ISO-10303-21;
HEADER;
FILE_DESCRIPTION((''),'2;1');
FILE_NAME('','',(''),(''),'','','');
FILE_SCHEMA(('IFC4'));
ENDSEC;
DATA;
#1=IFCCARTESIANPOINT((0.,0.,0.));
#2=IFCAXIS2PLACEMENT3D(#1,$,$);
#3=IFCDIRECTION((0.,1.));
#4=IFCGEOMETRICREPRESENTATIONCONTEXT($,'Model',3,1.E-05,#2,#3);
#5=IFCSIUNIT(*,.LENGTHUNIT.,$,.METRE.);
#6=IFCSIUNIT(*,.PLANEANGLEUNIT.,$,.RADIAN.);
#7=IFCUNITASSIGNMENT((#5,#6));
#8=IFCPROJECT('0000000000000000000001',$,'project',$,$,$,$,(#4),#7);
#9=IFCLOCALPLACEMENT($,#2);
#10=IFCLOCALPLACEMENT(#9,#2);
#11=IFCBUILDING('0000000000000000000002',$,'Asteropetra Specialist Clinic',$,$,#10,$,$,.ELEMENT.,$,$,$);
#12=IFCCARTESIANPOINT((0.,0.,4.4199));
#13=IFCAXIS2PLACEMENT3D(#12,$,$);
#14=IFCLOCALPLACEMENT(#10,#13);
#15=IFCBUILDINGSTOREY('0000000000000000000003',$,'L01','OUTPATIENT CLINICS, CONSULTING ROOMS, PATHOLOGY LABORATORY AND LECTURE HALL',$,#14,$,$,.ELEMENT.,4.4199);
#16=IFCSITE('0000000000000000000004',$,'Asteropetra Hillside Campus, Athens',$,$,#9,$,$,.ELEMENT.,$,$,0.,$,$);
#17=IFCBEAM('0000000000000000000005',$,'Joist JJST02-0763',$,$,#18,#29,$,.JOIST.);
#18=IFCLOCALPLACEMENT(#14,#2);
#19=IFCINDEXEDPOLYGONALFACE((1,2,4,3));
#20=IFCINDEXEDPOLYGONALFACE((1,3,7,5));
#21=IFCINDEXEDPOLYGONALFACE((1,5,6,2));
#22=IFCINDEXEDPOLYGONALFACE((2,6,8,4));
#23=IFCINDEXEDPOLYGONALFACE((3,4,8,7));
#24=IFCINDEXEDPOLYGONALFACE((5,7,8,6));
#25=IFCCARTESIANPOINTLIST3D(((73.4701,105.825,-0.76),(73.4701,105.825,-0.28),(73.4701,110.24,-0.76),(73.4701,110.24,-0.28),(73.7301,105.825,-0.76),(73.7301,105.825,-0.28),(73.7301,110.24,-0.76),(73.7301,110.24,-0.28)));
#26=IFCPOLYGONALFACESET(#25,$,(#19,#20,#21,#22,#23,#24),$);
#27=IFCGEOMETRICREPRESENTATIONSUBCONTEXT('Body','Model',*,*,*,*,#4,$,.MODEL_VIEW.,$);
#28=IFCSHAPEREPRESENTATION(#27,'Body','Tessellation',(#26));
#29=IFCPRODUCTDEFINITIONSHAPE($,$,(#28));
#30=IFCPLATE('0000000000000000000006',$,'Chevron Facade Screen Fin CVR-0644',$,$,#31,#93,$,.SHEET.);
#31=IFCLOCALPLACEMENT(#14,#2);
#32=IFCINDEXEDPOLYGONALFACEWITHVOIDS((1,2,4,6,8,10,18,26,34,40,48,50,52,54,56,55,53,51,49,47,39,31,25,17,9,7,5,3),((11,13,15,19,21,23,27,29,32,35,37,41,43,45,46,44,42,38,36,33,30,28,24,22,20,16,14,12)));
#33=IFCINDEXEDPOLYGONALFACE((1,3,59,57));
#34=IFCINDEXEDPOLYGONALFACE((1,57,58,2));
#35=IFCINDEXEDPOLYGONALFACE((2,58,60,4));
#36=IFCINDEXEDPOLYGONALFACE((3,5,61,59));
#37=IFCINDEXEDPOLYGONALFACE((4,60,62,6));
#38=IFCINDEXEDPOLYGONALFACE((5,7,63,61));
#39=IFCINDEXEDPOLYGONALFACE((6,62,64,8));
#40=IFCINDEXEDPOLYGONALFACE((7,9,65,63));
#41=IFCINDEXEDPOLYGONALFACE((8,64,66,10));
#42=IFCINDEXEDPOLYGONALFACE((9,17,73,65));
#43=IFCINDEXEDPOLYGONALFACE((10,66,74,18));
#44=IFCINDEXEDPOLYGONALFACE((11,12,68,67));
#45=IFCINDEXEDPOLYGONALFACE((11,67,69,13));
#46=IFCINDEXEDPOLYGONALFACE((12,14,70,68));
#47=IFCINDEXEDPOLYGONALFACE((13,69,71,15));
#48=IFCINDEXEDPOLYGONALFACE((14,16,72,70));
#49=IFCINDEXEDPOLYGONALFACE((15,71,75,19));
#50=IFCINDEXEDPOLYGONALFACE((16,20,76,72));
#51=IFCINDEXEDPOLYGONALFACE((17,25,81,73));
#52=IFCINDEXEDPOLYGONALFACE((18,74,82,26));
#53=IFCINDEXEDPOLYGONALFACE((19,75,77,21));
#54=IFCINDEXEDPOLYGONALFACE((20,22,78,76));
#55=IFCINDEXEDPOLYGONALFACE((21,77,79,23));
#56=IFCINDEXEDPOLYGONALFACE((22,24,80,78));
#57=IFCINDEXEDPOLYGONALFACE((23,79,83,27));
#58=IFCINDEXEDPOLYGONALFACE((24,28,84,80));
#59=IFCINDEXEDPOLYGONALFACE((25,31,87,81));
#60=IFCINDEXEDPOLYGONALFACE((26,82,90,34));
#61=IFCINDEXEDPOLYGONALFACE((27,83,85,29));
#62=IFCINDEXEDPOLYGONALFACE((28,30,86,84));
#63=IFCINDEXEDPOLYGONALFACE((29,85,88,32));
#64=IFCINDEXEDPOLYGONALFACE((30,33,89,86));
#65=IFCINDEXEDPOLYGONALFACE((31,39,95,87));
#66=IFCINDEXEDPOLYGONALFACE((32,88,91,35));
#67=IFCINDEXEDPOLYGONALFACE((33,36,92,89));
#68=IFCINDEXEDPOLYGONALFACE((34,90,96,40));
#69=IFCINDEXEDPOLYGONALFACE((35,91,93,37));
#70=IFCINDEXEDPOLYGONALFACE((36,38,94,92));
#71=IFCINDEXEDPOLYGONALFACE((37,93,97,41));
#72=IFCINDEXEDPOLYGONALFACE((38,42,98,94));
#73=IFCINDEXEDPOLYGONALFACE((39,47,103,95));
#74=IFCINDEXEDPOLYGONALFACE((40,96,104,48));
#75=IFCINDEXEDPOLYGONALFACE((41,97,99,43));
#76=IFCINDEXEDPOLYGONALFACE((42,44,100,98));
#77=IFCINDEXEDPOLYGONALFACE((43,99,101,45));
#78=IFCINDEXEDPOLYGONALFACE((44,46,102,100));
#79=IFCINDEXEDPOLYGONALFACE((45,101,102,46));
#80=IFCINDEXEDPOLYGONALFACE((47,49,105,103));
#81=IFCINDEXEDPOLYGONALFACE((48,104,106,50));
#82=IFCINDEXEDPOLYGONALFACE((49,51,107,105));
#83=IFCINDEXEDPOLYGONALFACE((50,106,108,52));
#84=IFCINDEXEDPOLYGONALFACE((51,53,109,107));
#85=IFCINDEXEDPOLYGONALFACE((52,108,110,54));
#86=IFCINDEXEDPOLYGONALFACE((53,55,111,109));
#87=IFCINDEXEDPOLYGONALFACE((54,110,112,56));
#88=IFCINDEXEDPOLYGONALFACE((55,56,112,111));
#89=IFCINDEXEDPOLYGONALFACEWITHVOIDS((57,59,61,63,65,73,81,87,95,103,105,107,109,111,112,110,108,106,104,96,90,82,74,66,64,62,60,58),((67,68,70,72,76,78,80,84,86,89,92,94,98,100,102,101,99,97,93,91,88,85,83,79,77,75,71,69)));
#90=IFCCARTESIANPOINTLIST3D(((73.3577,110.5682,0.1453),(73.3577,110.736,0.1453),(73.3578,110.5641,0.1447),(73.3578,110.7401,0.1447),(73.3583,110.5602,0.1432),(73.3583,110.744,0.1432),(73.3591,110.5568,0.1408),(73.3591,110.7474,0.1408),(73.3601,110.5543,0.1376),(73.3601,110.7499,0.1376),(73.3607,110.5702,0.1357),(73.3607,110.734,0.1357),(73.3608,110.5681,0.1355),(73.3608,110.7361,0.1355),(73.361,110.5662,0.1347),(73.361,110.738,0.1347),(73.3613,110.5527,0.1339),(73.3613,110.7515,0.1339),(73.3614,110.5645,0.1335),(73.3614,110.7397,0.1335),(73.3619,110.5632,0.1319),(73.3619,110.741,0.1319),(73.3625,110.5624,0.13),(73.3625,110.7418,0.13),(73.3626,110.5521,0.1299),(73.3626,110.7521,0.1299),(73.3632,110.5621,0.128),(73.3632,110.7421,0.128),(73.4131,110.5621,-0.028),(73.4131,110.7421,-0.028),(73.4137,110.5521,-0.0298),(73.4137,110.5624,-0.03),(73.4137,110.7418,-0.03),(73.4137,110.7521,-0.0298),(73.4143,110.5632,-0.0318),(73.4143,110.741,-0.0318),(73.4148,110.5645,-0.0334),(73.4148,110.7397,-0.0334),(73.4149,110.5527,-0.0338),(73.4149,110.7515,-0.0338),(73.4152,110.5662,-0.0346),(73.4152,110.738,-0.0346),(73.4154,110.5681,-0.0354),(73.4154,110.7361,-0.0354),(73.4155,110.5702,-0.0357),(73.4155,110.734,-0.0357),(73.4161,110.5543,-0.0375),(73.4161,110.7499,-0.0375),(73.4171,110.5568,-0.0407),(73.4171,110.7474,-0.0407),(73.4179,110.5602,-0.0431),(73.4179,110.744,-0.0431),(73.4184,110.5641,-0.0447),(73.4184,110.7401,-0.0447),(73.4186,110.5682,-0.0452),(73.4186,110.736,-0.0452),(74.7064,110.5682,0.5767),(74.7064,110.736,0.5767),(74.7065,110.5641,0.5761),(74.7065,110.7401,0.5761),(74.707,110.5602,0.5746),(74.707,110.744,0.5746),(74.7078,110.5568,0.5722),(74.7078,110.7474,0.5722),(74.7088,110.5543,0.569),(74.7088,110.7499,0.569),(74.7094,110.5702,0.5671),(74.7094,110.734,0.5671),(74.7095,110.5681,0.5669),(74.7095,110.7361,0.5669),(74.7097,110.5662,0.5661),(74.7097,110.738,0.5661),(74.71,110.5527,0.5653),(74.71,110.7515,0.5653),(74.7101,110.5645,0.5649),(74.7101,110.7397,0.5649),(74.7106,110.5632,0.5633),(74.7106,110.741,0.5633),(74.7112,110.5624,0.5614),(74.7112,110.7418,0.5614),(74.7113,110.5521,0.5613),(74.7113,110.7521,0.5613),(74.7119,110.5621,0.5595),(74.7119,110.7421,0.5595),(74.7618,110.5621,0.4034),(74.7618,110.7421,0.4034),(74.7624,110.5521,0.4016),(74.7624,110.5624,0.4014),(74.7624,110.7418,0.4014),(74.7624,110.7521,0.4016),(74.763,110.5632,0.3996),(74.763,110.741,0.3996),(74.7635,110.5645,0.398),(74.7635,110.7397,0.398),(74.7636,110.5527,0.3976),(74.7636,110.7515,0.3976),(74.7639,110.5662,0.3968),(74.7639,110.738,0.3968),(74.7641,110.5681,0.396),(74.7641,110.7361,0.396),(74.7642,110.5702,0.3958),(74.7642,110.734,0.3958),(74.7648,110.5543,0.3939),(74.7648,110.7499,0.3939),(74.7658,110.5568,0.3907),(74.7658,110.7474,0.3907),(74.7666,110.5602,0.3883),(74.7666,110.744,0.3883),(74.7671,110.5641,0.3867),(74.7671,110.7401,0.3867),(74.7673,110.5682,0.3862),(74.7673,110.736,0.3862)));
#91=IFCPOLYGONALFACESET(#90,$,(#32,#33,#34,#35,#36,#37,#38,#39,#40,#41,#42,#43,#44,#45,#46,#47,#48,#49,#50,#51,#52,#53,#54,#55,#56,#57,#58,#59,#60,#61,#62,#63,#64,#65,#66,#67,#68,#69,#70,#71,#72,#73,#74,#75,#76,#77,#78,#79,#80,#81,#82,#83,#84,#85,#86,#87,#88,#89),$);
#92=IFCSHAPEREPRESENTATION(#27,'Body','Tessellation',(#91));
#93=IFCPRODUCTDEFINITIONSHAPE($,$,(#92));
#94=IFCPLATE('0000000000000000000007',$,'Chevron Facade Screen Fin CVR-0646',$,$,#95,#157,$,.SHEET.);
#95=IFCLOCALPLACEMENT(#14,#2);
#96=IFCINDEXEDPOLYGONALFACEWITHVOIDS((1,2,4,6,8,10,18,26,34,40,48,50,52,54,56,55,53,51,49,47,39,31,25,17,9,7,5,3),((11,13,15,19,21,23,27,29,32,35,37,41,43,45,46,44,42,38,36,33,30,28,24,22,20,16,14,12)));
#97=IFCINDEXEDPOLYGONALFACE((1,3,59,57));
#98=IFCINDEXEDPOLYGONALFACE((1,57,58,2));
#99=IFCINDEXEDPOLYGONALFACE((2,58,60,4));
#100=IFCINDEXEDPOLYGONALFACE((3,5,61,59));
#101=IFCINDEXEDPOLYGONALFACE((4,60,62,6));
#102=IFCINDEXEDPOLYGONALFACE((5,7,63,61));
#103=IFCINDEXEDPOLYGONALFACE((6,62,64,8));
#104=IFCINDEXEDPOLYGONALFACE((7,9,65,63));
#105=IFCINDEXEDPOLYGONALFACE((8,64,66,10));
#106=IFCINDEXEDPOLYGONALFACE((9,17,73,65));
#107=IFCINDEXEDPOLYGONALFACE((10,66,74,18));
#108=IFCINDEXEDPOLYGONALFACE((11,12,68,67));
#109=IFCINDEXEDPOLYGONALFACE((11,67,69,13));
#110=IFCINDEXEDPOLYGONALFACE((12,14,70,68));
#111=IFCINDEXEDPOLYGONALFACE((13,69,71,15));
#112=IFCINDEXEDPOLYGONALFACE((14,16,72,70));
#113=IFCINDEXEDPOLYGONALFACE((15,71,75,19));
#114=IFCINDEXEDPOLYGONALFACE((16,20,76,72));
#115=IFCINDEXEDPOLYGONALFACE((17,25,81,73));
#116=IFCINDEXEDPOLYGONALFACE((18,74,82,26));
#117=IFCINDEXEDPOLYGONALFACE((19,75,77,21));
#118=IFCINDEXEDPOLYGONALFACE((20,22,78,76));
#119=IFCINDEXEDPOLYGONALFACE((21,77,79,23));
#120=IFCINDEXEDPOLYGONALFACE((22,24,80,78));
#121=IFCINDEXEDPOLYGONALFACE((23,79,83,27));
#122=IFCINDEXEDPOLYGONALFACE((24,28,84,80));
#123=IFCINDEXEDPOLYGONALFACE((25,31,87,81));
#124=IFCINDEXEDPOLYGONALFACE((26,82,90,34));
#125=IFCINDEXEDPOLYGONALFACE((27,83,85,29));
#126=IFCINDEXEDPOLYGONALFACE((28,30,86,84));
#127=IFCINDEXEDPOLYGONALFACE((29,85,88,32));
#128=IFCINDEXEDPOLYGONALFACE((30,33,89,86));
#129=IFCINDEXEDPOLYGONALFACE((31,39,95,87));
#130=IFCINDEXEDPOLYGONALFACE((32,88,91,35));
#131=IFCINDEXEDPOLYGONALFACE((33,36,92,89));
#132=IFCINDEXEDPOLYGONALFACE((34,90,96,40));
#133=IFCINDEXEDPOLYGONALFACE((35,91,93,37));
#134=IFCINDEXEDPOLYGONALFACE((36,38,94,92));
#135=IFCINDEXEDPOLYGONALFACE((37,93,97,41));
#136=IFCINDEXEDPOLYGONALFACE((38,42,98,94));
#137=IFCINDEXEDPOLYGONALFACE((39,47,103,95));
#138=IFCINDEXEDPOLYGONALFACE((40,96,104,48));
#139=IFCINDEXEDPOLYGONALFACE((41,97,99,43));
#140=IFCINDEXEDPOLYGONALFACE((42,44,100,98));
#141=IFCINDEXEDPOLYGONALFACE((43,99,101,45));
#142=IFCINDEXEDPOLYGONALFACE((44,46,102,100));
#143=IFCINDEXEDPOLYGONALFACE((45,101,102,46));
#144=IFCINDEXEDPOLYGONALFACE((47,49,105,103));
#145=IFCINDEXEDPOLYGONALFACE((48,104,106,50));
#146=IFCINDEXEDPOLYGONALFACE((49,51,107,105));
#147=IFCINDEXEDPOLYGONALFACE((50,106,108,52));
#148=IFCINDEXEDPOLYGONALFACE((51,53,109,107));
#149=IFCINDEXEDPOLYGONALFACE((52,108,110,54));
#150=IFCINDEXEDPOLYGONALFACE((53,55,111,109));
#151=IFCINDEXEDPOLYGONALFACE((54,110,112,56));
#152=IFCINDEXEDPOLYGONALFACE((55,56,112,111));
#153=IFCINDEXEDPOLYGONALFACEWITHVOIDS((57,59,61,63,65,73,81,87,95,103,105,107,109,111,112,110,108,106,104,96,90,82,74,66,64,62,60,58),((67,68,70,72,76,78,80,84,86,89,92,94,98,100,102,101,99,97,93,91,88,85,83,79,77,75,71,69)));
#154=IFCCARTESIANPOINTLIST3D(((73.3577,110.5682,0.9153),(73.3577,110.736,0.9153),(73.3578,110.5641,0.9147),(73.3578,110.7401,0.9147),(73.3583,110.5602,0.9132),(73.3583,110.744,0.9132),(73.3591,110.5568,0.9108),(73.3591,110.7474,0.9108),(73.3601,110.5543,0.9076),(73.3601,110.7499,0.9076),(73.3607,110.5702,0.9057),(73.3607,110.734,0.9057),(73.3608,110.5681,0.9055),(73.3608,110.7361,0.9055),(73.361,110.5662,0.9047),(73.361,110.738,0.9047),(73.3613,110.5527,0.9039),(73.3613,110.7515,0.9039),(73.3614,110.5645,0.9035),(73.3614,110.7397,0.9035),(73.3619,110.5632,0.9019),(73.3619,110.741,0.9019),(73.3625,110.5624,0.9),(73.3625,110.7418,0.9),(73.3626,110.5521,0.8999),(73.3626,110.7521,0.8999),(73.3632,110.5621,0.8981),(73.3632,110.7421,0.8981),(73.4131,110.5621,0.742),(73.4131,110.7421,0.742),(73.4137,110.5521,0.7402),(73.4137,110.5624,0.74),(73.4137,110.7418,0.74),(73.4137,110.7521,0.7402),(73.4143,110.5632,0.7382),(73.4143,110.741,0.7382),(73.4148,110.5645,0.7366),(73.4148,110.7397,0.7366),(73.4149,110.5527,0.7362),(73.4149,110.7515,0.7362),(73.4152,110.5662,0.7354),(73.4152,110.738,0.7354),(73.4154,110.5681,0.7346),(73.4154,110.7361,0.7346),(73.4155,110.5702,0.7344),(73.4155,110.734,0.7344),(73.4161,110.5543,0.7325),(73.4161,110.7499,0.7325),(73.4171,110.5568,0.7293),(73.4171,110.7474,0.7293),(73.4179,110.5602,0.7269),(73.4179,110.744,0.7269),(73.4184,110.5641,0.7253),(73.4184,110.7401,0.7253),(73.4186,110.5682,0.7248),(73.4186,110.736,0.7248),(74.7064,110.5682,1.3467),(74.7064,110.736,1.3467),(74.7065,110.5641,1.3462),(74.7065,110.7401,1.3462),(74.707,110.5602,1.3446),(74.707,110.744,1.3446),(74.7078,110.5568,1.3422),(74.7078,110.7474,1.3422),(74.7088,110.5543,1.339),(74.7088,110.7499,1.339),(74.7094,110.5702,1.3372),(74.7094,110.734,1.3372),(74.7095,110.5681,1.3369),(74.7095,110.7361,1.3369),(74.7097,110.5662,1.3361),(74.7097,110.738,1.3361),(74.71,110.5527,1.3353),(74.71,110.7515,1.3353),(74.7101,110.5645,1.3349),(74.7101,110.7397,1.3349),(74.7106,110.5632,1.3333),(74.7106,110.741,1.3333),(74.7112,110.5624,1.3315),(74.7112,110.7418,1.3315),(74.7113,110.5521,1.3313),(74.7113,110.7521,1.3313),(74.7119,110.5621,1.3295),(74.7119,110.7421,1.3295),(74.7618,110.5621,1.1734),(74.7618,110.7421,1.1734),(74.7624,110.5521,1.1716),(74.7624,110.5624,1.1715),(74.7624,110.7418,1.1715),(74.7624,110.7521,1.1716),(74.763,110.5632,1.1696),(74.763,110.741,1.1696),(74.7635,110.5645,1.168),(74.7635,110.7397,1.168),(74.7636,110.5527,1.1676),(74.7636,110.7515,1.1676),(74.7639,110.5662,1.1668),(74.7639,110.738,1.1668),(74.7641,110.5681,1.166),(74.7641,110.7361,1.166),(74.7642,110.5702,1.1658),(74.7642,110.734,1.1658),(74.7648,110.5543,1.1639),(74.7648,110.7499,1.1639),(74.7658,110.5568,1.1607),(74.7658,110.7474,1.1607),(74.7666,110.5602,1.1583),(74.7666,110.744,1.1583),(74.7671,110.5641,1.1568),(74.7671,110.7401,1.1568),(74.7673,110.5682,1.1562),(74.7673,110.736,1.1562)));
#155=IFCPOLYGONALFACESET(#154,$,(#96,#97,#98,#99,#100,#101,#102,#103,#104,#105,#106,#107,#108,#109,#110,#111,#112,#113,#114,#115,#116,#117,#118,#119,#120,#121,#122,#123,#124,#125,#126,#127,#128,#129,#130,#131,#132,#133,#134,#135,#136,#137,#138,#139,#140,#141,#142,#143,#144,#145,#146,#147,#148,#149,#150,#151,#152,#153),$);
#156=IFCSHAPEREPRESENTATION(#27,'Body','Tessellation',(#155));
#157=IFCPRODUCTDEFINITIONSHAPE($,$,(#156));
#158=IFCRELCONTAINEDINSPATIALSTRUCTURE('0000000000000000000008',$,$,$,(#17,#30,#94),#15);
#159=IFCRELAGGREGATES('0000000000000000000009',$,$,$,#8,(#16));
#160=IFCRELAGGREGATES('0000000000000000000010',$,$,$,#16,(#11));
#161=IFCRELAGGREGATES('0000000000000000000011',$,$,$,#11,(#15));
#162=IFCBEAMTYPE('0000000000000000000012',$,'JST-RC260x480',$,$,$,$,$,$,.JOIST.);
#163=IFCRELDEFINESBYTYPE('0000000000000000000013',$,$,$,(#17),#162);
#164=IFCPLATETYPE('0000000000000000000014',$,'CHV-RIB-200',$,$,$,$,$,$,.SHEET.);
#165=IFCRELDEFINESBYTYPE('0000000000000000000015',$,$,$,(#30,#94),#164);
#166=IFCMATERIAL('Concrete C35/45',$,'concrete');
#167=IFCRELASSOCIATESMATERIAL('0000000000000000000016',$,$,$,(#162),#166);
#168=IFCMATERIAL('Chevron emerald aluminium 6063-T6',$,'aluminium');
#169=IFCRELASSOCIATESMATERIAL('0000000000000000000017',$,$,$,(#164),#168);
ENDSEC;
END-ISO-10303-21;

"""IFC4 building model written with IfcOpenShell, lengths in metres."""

from ifc_helpers import new_model, si_unit, direction, frame, origin, origin_2d, place, context, subcontext, project, spatial, rectangle, hollow_rectangle, extrude, material, material_profile, profile_set, type_object, element, save


model = new_model("IFC4")

# Units and contexts
model_context = context("Model", 3, precision=1e-05, world=origin(), true_north=direction((0.0, 1.0)))
body_context = subcontext(model_context, "Body", "Model", "MODEL_VIEW")
ifc_project = project(units=[si_unit("LENGTHUNIT", "METRE"), si_unit("PLANEANGLEUNIT", "RADIAN")], contexts=[model_context])

# Site, building, storey
site_placement = place(None, origin())
site = spatial("IfcSite", under=ifc_project, at=site_placement, Name="Asteropetra Hillside Campus, Athens", CompositionType="ELEMENT", RefElevation=0.0)
building_placement = place(site_placement, origin())
building = spatial("IfcBuilding", under=site, at=building_placement, Name="Asteropetra Specialist Clinic", CompositionType="ELEMENT")
storey_placement = place(building_placement, frame((0.0, 0.0, 4.4199)))
storey = spatial("IfcBuildingStorey", under=building, at=storey_placement, Name="L01", Description="OUTPATIENT CLINICS, CONSULTING ROOMS, PATHOLOGY LABORATORY AND LECTURE HALL", CompositionType="ELEMENT", Elevation=4.4199)

# Beam
ifc_material_1 = material(Name="Concrete C35/45", Category="concrete")
ifc_material_profile_1 = material_profile(ifc_material_1, rectangle(XDim=0.26, YDim=0.48, at=origin_2d()), Name="RCJ 260x480")
ifc_profile_set_1 = profile_set([ifc_material_profile_1], Name="Concrete C35/45")
beam_type = type_object("IfcBeamType", Name="JST-RC260x480", PredefinedType="JOIST", material=ifc_profile_set_1)
beam_placement = place(storey_placement, frame((73.6001, 105.825, -0.52), z_axis=(0.0, 1.0, 0.0), x_axis=(-1.0, 0.0, 0.0)))
element("IfcBeam", 1, at=beam_placement, inside=storey, type_object=beam_type, Name="Joist JJST02-0763", PredefinedType="JOIST", context=body_context, shape_type="SweptSolid", body=[
    extrude(rectangle(XDim=0.26, YDim=0.48, at=origin_2d()), origin(), (0.0, 0.0, 1.0), 4.415),
])

# Plates
ifc_material_2 = material(Name="Chevron emerald aluminium 6063-T6", Category="aluminium")
ifc_material_profile_2 = material_profile(ifc_material_2, hollow_rectangle(XDim=0.2, YDim=0.2, WallThickness=0.01, InnerFilletRadius=0.0081, OuterFilletRadius=0.0161, at=origin_2d()), Name="SHS 200x200x10.0")
ifc_profile_set_2 = profile_set([ifc_material_profile_2], Name="Chevron emerald aluminium 6063-T6")
plate_type_1 = type_object("IfcPlateType", Name="CHV-RIB-200", PredefinedType="SHEET", material=ifc_profile_set_2)
for number, where, z_axis, x_axis, name in (
    (2, (74.7368, 110.6521, 0.4814), (-0.952458, 0.0, -0.304669), (0.0, -1.0, 0.0), "Chevron Facade Screen Fin CVR-0644"),
    (3, (74.7368, 110.6521, 1.2515), (-0.952458, 0.0, -0.304669), (0.0, -1.0, 0.0), "Chevron Facade Screen Fin CVR-0646"),
):
    element("IfcPlate", number, at=place(storey_placement, frame(where, z_axis=z_axis, x_axis=x_axis)), inside=storey, type_object=plate_type_1, Name=name, PredefinedType="SHEET", context=body_context, shape_type="SweptSolid", body=[
        extrude(hollow_rectangle(XDim=0.2, YDim=0.2, WallThickness=0.01, InnerFilletRadius=0.0081, OuterFilletRadius=0.0161, at=origin_2d()), origin(), (0.0, 0.0, 1.0), 1.416),
    ])

save(model, "model.ifc")
